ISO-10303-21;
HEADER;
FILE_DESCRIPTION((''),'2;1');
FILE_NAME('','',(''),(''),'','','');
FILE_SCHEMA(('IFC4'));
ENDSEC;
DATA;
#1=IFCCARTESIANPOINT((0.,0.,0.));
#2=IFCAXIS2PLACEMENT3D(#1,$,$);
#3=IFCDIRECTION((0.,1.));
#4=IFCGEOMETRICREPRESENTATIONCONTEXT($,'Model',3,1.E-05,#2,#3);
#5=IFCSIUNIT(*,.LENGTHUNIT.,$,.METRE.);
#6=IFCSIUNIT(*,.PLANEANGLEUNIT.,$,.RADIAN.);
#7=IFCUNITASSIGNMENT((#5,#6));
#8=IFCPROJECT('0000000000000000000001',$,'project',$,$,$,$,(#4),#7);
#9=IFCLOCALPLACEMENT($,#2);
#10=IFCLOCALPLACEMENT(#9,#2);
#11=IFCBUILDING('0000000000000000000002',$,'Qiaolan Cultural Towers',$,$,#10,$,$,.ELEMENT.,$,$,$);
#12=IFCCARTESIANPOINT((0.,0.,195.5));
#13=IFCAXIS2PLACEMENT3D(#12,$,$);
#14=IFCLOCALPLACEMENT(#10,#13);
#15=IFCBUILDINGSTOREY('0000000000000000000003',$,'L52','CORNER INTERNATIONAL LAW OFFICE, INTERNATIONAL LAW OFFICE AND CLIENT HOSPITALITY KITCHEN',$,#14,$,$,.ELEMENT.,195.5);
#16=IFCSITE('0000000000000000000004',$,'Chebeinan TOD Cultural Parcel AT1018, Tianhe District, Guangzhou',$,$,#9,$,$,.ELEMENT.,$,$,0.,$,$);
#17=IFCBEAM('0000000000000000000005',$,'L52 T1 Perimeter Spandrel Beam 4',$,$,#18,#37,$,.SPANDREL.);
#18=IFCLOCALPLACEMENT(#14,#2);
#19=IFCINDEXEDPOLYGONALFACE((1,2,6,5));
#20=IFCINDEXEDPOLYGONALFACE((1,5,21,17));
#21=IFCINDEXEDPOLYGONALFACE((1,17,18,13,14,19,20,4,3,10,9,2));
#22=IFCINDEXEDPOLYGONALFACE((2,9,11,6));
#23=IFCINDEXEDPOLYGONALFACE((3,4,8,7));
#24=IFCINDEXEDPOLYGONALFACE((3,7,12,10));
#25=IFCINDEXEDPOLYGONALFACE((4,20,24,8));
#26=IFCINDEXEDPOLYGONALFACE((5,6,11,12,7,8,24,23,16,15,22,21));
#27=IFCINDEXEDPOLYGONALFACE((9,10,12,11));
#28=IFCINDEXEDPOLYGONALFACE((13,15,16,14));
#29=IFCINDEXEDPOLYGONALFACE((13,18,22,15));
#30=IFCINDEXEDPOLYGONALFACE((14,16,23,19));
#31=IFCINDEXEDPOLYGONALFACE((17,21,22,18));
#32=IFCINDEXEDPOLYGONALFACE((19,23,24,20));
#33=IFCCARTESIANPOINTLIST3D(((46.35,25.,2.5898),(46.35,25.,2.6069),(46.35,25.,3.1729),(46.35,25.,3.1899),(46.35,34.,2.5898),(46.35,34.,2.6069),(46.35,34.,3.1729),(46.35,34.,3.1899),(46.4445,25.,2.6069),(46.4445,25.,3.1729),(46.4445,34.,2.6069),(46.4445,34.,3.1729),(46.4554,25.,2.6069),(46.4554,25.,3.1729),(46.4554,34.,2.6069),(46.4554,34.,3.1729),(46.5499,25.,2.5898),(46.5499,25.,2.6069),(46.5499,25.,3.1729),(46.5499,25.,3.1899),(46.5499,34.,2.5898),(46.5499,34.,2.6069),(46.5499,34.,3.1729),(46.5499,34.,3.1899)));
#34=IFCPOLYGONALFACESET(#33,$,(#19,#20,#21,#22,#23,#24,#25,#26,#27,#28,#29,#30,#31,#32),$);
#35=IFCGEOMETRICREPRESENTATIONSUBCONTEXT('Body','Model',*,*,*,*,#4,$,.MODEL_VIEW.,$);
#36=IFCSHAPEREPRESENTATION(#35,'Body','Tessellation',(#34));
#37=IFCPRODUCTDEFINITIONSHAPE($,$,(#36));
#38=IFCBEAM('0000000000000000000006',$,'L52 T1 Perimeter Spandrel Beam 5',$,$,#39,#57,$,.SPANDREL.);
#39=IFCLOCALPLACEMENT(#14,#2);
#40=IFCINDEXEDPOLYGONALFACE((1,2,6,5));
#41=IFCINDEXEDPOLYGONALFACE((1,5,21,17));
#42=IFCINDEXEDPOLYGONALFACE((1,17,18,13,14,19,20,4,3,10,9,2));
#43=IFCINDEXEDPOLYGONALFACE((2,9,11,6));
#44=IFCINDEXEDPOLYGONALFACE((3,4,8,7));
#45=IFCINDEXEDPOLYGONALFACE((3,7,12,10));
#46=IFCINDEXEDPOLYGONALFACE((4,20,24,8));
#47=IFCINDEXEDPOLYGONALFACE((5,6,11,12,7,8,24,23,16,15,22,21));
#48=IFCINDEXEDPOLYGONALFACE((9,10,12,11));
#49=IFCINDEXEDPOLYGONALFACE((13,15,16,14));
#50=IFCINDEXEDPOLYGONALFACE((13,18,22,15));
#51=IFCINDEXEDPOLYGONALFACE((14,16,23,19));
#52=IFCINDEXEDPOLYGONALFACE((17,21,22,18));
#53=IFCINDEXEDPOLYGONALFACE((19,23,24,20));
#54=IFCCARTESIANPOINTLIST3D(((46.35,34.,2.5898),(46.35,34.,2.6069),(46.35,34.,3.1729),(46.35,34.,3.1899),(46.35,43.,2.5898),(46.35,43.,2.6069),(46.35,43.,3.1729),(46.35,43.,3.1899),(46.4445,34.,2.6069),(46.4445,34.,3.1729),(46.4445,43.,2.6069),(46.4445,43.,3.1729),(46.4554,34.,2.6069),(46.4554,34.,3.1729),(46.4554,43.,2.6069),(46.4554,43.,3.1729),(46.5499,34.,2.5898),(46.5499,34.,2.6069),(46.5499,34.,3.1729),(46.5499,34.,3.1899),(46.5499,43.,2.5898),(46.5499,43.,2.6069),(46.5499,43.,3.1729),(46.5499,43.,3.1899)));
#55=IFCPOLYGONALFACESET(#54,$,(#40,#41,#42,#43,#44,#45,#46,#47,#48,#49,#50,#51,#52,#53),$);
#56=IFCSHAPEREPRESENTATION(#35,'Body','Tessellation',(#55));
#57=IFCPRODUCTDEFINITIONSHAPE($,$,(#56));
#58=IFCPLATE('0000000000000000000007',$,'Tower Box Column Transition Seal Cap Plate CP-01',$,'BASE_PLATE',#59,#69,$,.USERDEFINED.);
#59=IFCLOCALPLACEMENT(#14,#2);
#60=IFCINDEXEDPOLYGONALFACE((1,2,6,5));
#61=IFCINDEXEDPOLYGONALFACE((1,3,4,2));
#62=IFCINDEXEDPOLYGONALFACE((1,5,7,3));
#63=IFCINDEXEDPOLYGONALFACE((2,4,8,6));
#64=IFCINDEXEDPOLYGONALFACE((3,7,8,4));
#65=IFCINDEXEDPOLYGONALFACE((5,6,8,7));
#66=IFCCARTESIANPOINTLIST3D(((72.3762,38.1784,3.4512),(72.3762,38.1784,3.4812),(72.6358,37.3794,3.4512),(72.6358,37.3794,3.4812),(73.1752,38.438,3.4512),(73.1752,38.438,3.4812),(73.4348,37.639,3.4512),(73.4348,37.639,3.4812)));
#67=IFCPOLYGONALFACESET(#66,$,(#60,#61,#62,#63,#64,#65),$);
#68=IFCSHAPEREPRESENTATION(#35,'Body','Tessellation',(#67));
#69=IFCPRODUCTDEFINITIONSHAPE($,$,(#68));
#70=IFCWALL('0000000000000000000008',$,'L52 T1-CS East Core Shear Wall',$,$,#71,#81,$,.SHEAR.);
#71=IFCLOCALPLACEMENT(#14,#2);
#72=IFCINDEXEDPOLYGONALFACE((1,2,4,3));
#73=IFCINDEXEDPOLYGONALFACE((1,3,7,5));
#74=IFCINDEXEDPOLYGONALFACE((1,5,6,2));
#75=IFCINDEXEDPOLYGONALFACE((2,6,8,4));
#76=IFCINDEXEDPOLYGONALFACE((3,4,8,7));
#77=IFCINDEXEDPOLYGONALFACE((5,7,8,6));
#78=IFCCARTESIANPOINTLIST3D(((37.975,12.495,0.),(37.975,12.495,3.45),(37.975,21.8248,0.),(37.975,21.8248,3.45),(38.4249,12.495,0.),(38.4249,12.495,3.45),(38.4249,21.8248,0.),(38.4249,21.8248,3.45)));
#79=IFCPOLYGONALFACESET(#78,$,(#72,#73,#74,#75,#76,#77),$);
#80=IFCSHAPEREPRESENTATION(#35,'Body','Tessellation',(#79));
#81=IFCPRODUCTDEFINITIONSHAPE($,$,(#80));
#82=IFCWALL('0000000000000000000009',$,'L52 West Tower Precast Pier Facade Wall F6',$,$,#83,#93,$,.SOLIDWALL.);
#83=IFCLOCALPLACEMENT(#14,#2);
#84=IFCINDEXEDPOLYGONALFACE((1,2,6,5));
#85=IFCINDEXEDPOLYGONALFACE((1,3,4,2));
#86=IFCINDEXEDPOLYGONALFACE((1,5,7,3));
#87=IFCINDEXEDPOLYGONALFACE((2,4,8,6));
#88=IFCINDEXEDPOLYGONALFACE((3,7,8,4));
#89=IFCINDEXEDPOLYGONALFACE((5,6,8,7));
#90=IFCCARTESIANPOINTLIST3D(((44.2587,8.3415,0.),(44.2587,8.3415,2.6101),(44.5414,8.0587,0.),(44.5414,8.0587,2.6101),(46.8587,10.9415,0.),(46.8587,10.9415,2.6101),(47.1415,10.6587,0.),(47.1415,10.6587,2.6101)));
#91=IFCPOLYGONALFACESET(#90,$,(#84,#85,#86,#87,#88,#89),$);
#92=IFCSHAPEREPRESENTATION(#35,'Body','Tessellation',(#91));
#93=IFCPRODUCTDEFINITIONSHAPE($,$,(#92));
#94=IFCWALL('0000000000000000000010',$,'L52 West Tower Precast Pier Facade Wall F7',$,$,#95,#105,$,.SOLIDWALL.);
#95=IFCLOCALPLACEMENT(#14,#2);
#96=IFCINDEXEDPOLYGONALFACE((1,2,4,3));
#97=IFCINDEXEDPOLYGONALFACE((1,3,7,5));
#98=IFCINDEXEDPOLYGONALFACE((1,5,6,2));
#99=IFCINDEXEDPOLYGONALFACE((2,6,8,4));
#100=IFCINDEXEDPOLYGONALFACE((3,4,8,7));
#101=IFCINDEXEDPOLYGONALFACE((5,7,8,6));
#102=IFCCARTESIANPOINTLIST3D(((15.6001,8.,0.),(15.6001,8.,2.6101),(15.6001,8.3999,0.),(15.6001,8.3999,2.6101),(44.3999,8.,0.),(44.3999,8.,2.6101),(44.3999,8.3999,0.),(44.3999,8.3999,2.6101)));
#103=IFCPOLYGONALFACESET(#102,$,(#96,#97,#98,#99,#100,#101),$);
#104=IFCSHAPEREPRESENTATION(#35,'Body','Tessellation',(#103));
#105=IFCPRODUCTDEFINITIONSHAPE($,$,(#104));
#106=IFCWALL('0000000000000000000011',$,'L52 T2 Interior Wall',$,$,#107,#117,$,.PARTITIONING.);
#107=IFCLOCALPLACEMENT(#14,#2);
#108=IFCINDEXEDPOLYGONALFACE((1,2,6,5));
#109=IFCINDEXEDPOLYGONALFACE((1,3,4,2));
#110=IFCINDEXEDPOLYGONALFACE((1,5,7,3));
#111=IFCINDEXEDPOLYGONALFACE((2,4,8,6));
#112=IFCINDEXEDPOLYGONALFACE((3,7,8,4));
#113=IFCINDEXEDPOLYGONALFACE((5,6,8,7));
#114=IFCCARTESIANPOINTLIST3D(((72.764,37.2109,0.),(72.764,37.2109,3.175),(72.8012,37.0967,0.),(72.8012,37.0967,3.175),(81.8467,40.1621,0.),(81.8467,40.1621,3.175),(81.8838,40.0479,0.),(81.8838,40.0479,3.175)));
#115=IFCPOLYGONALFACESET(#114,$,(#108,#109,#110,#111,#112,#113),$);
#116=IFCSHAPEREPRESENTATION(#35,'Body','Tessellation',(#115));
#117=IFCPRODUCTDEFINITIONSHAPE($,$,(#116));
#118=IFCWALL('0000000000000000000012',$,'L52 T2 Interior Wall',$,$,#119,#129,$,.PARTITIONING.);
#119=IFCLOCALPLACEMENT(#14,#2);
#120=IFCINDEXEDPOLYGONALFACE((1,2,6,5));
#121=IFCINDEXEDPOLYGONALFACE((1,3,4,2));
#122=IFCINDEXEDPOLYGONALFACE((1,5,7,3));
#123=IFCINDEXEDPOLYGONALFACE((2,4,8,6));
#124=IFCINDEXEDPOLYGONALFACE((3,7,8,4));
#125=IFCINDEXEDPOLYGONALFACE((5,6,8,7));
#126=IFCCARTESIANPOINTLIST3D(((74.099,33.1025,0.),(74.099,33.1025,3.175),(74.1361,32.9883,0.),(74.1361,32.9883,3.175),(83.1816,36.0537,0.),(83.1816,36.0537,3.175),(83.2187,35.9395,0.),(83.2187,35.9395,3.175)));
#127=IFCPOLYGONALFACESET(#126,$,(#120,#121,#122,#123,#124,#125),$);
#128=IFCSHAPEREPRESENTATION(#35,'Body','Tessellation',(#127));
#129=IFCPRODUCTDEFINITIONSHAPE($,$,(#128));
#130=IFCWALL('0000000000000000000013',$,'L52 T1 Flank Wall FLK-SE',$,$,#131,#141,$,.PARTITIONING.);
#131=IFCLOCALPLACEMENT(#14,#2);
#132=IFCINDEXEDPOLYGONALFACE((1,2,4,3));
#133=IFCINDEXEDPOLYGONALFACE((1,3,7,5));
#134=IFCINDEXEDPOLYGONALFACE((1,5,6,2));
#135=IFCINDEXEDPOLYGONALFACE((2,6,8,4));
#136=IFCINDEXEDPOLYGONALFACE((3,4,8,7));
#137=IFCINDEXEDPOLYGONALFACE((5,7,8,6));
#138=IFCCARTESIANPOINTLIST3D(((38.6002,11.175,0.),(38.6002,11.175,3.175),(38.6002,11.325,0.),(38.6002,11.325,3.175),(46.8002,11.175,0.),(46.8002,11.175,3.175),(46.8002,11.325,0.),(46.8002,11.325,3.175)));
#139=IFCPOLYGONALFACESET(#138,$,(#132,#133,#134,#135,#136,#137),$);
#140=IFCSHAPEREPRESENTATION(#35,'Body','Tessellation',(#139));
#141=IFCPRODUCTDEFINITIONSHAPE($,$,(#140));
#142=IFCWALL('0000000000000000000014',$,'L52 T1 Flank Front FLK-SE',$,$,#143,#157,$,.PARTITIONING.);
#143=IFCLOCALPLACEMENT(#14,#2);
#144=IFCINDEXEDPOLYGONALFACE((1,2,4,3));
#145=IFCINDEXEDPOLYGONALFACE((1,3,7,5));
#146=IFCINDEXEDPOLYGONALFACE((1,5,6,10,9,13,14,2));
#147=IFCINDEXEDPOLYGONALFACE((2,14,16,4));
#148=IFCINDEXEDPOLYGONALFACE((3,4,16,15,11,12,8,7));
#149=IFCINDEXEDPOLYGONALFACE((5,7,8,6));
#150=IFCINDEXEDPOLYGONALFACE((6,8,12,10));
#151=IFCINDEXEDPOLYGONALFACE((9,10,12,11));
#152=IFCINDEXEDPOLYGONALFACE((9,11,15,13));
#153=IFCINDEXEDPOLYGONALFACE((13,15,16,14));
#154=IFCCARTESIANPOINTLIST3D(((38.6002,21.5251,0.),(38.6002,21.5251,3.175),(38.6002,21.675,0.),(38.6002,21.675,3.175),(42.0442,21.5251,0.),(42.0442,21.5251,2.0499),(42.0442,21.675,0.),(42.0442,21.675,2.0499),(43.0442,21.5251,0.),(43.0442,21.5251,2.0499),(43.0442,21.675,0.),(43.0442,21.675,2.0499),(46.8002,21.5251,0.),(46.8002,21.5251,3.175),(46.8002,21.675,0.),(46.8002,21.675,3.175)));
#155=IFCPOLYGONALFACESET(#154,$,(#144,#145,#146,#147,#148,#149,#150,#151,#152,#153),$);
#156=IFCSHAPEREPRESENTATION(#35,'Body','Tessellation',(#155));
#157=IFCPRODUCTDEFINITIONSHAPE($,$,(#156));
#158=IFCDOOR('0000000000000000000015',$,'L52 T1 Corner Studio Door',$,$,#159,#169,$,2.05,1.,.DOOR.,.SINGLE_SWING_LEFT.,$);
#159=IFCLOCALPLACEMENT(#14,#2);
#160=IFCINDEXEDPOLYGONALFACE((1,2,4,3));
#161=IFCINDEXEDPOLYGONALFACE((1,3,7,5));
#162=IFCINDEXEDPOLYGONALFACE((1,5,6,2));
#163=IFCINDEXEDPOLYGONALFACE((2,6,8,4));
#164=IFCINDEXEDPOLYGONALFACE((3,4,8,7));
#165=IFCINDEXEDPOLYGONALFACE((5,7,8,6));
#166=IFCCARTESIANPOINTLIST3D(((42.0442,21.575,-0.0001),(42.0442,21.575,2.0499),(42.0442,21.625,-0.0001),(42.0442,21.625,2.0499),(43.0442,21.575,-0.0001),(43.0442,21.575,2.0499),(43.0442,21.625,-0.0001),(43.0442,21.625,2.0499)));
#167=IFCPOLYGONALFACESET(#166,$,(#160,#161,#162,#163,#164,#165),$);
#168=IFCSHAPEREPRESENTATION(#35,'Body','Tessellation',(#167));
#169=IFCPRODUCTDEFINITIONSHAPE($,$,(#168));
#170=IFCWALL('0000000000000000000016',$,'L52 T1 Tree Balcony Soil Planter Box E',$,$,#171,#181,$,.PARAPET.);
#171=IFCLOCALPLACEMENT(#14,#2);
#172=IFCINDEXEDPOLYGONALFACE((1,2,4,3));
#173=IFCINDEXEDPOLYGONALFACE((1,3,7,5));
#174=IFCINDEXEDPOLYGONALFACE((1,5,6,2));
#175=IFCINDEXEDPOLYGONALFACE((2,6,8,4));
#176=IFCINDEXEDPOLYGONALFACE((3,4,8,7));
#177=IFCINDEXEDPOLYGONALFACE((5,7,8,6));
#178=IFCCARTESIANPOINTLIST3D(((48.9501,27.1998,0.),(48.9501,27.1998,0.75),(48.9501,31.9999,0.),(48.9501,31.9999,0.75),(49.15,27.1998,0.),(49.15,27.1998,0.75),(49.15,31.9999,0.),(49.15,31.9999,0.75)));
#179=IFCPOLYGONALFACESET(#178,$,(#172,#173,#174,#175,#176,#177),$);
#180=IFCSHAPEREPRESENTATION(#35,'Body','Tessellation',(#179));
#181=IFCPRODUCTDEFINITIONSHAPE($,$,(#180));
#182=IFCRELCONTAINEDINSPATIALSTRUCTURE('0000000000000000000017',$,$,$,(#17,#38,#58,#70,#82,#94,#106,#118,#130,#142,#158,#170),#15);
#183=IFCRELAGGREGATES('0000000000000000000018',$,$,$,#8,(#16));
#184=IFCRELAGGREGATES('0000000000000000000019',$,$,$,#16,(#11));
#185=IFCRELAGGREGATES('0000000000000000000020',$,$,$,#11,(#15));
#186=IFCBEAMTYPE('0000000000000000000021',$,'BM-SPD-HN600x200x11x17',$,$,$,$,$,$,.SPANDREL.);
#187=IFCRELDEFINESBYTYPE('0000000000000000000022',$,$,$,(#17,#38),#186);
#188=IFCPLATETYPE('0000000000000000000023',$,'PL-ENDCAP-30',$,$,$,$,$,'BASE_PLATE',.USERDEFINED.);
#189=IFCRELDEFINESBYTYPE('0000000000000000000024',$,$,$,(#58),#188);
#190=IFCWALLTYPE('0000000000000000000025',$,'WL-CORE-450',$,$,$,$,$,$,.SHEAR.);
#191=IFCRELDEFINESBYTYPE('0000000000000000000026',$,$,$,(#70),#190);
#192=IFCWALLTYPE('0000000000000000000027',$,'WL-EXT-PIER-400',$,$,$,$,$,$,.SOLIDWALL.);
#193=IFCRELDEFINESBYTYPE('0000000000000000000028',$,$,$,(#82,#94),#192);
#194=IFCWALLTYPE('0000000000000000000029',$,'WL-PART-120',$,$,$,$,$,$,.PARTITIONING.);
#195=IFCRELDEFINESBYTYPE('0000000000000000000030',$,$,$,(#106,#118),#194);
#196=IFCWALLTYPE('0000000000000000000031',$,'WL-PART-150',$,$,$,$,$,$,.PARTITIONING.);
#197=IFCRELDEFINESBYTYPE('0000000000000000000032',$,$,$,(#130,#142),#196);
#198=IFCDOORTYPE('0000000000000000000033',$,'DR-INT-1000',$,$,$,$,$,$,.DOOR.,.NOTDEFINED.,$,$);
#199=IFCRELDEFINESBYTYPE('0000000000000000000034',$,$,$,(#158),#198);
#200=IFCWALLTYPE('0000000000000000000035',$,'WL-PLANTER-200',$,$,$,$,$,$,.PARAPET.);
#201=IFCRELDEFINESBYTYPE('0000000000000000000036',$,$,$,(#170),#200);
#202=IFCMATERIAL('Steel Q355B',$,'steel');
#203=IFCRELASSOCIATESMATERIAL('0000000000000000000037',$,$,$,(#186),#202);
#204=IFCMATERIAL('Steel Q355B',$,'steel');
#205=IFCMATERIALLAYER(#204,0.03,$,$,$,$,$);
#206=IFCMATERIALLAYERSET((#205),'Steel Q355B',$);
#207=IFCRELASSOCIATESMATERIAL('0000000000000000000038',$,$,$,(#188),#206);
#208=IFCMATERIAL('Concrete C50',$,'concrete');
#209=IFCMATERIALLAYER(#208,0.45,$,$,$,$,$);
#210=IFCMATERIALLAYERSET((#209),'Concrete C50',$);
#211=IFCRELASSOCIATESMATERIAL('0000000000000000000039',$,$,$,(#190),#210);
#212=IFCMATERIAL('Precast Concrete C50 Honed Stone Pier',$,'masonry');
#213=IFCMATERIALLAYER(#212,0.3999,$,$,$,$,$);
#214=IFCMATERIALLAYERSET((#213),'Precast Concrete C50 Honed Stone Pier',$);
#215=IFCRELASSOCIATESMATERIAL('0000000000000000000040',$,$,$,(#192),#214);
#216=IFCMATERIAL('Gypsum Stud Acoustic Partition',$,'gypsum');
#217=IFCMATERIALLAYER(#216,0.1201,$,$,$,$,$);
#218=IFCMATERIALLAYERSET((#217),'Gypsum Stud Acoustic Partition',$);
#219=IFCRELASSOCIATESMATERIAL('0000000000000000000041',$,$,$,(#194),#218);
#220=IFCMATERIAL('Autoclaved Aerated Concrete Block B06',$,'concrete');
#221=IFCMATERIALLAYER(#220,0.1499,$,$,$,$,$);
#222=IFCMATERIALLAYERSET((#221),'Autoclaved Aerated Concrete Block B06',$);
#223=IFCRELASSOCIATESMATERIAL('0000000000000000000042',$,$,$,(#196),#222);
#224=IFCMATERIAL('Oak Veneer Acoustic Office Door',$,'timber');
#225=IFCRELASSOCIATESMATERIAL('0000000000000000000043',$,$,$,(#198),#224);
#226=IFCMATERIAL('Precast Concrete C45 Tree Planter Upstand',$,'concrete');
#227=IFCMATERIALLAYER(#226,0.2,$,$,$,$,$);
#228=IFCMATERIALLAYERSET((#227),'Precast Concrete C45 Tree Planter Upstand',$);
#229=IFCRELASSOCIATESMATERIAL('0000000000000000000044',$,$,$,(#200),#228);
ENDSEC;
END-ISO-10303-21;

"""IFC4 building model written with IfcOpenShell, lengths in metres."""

from ifc_helpers import new_model, si_unit, direction, frame, frame_2d, origin, origin_2d, place, context, subcontext, project, spatial, rectangle, i_section, extrude, material, layer, layer_set, material_profile, profile_set, type_object, element, fill, save


model = new_model("IFC4")

# Units and contexts
model_context = context("Model", 3, precision=1e-05, world=origin(), true_north=direction((0.0, 1.0)))
body_context = subcontext(model_context, "Body", "Model", "MODEL_VIEW")
ifc_project = project(units=[si_unit("LENGTHUNIT", "METRE"), si_unit("PLANEANGLEUNIT", "RADIAN")], contexts=[model_context])

# Site, building, storey
site_placement = place(None, origin())
site = spatial("IfcSite", under=ifc_project, at=site_placement, Name="Chebeinan TOD Cultural Parcel AT1018, Tianhe District, Guangzhou", CompositionType="ELEMENT", RefElevation=0.0)
building_placement = place(site_placement, origin())
building = spatial("IfcBuilding", under=site, at=building_placement, Name="Qiaolan Cultural Towers", CompositionType="ELEMENT")
storey_placement = place(building_placement, frame((0.0, 0.0, 195.5)))
storey = spatial("IfcBuildingStorey", under=building, at=storey_placement, Name="L52", Description="CORNER INTERNATIONAL LAW OFFICE, INTERNATIONAL LAW OFFICE AND CLIENT HOSPITALITY KITCHEN", CompositionType="ELEMENT", Elevation=195.5)

# Beams
ifc_material_1 = material(Name="Steel Q355B", Category="steel")
ifc_material_profile_1 = material_profile(ifc_material_1, i_section(OverallWidth=0.2, OverallDepth=0.6001, WebThickness=0.011, FlangeThickness=0.0171, at=origin_2d()), Name="HN600x200x11x17")
ifc_profile_set_1 = profile_set([ifc_material_profile_1], Name="Steel Q355B")
beam_type_1 = type_object("IfcBeamType", Name="BM-SPD-HN600x200x11x17", PredefinedType="SPANDREL", material=ifc_profile_set_1)
for number, where, z_axis, x_axis, name in (
    (1, (46.45, 25.0, 2.8899), (0.0, 1.0, 0.0), (-1.0, 0.0, 0.0), "L52 T1 Perimeter Spandrel Beam 4"),
    (2, (46.45, 34.0, 2.8899), (0.0, 1.0, 0.0), (-1.0, 0.0, 0.0), "L52 T1 Perimeter Spandrel Beam 5"),
):
    element("IfcBeam", number, at=place(storey_placement, frame(where, z_axis=z_axis, x_axis=x_axis)), inside=storey, type_object=beam_type_1, Name=name, PredefinedType="SPANDREL", context=body_context, shape_type="SweptSolid", body=[
        extrude(i_section(OverallWidth=0.2, OverallDepth=0.6001, WebThickness=0.011, FlangeThickness=0.0171, at=origin_2d()), origin(), (0.0, 0.0, 1.0), 9.0),
    ])

# Plate
ifc_material_2 = material(Name="Steel Q355B", Category="steel")
ifc_layer_1 = layer(ifc_material_2, 0.03)
ifc_layer_set_1 = layer_set([ifc_layer_1], Name="Steel Q355B")
plate_type = type_object("IfcPlateType", Name="PL-ENDCAP-30", ElementType="BASE_PLATE", PredefinedType="USERDEFINED", material=ifc_layer_set_1)
plate_placement = place(storey_placement, frame((72.9055, 37.9087, 3.4512), z_axis=(0.0, 0.0, 1.0), x_axis=(0.951057, 0.309017, 0.0)))
element("IfcPlate", 3, at=plate_placement, inside=storey, type_object=plate_type, Name="Tower Box Column Transition Seal Cap Plate CP-01", ObjectType="BASE_PLATE", PredefinedType="USERDEFINED", context=body_context, shape_type="SweptSolid", body=[
    extrude(rectangle(XDim=0.8401, YDim=0.8401, at=origin_2d()), origin(), (0.0, 0.0, 1.0), 0.03),
])

# Walls
ifc_material_3 = material(Name="Concrete C50", Category="concrete")
ifc_layer_2 = layer(ifc_material_3, 0.45)
ifc_layer_set_2 = layer_set([ifc_layer_2], Name="Concrete C50")
wall_type_1 = type_object("IfcWallType", Name="WL-CORE-450", PredefinedType="SHEAR", material=ifc_layer_set_2)
wall_1_placement = place(storey_placement, frame((38.2, 21.825, 0.0), z_axis=(0.0, 0.0, 1.0), x_axis=(0.0, -1.0, 0.0)))
element("IfcWall", 4, at=wall_1_placement, inside=storey, type_object=wall_type_1, Name="L52 T1-CS East Core Shear Wall", PredefinedType="SHEAR", context=body_context, shape_type="SweptSolid", body=[
    extrude(rectangle(XDim=9.3298, YDim=0.45, at=frame_2d((4.665, 0.0))), origin(), (0.0, 0.0, 1.0), 3.45),
])
ifc_material_4 = material(Name="Precast Concrete C50 Honed Stone Pier", Category="masonry")
ifc_layer_3 = layer(ifc_material_4, 0.3999)
ifc_layer_set_3 = layer_set([ifc_layer_3], Name="Precast Concrete C50 Honed Stone Pier")
wall_type_2 = type_object("IfcWallType", Name="WL-EXT-PIER-400", PredefinedType="SOLIDWALL", material=ifc_layer_set_3)
wall_2_placement = place(storey_placement, frame((47.0, 10.8, 0.0), z_axis=(0.0, 0.0, 1.0), x_axis=(-0.707107, -0.707107, 0.0)))
element("IfcWall", 5, at=wall_2_placement, inside=storey, type_object=wall_type_2, Name="L52 West Tower Precast Pier Facade Wall F6", PredefinedType="SOLIDWALL", context=body_context, shape_type="SweptSolid", body=[
    extrude(rectangle(XDim=3.677, YDim=0.3999, at=frame_2d((1.8384, 0.0))), origin(), (0.0, 0.0, 1.0), 2.6101),
])
wall_3_placement = place(storey_placement, frame((44.3999, 8.2, 0.0), z_axis=(0.0, 0.0, 1.0), x_axis=(-1.0, 0.0, 0.0)))
element("IfcWall", 6, at=wall_3_placement, inside=storey, type_object=wall_type_2, Name="L52 West Tower Precast Pier Facade Wall F7", PredefinedType="SOLIDWALL", context=body_context, shape_type="SweptSolid", body=[
    extrude(rectangle(XDim=28.7998, YDim=0.3999, at=frame_2d((14.3999, 0.0))), origin(), (0.0, 0.0, 1.0), 2.6101),
])
ifc_material_5 = material(Name="Gypsum Stud Acoustic Partition", Category="gypsum")
ifc_layer_4 = layer(ifc_material_5, 0.1201)
ifc_layer_set_4 = layer_set([ifc_layer_4], Name="Gypsum Stud Acoustic Partition")
wall_type_3 = type_object("IfcWallType", Name="WL-PART-120", PredefinedType="PARTITIONING", material=ifc_layer_set_4)
for number, where, z_axis, x_axis, name in (
    (7, (72.7827, 37.1538, 0.0), (0.0, 0.0, 1.0), (0.951054, 0.309025, 0.0), "L52 T2 Interior Wall"),
    (8, (74.1177, 33.0454, 0.0), (0.0, 0.0, 1.0), (0.951054, 0.309025, 0.0), "L52 T2 Interior Wall"),
):
    element("IfcWall", number, at=place(storey_placement, frame(where, z_axis=z_axis, x_axis=x_axis)), inside=storey, type_object=wall_type_3, Name=name, PredefinedType="PARTITIONING", context=body_context, shape_type="SweptSolid", body=[
        extrude(rectangle(XDim=9.55, YDim=0.1201, at=frame_2d((4.7749, 0.0))), origin(), (0.0, 0.0, 1.0), 3.175),
    ])
ifc_material_6 = material(Name="Autoclaved Aerated Concrete Block B06", Category="concrete")
ifc_layer_5 = layer(ifc_material_6, 0.1499)
ifc_layer_set_5 = layer_set([ifc_layer_5], Name="Autoclaved Aerated Concrete Block B06")
wall_type_4 = type_object("IfcWallType", Name="WL-PART-150", PredefinedType="PARTITIONING", material=ifc_layer_set_5)
wall_4_placement = place(storey_placement, frame((38.6001, 11.25, 0.0), z_axis=(0.0, 0.0, 1.0), x_axis=(1.0, 0.0, 0.0)))
element("IfcWall", 9, at=wall_4_placement, inside=storey, type_object=wall_type_4, Name="L52 T1 Flank Wall FLK-SE", PredefinedType="PARTITIONING", context=body_context, shape_type="SweptSolid", body=[
    extrude(rectangle(XDim=8.2, YDim=0.1499, at=frame_2d((4.1001, 0.0))), origin(), (0.0, 0.0, 1.0), 3.175),
])

# Wall, opening, door
wall_5_placement = place(storey_placement, frame((38.6001, 21.6001, 0.0), z_axis=(0.0, 0.0, 1.0), x_axis=(1.0, 0.0, 0.0)))
wall_5 = element("IfcWall", 10, at=wall_5_placement, inside=storey, type_object=wall_type_4, Name="L52 T1 Flank Front FLK-SE", PredefinedType="PARTITIONING", context=body_context, shape_type="SweptSolid", body=[
    extrude(rectangle(XDim=8.2, YDim=0.1499, at=frame_2d((4.1001, 0.0))), origin(), (0.0, 0.0, 1.0), 3.175),
])
opening_placement = place(wall_5_placement, frame((3.4441, 0.0, 0.0)))
opening = element("IfcOpeningElement", 11, at=opening_placement, cuts=wall_5, PredefinedType="OPENING", context=body_context, shape_type="SweptSolid", body=[
    extrude(rectangle(XDim=1.0, YDim=2.05, at=frame_2d((0.5, 1.0249))), frame((0.0, 0.085, 0.0), z_axis=(0.0, -1.0, 0.0), x_axis=(1.0, 0.0, 0.0)), (0.0, 0.0, 1.0), 0.1699),
])
ifc_material_7 = material(Name="Oak Veneer Acoustic Office Door", Category="timber")
door_type = type_object("IfcDoorType", Name="DR-INT-1000", OperationType="NOTDEFINED", PredefinedType="DOOR", material=ifc_material_7)
door_placement = place(opening_placement, origin())
door = element("IfcDoor", 12, at=door_placement, inside=storey, type_object=door_type, Name="L52 T1 Corner Studio Door", OperationType="SINGLE_SWING_LEFT", OverallHeight=2.05, OverallWidth=1.0, PredefinedType="DOOR", context=body_context, shape_type="SweptSolid", body=[
    extrude(rectangle(XDim=1.0, YDim=2.05, at=frame_2d((0.5, 1.0249))), frame((0.0, 0.0249, 0.0), z_axis=(0.0, -1.0, 0.0), x_axis=(1.0, 0.0, 0.0)), (0.0, 0.0, 1.0), 0.05),
])
fill(opening, door)

# Wall
ifc_material_8 = material(Name="Precast Concrete C45 Tree Planter Upstand", Category="concrete")
ifc_layer_6 = layer(ifc_material_8, 0.2)
ifc_layer_set_6 = layer_set([ifc_layer_6], Name="Precast Concrete C45 Tree Planter Upstand")
wall_type_5 = type_object("IfcWallType", Name="WL-PLANTER-200", PredefinedType="PARAPET", material=ifc_layer_set_6)
wall_6_placement = place(storey_placement, frame((49.05, 27.2, 0.0), z_axis=(0.0, 0.0, 1.0), x_axis=(0.0, 1.0, 0.0)))
element("IfcWall", 13, at=wall_6_placement, inside=storey, type_object=wall_type_5, Name="L52 T1 Tree Balcony Soil Planter Box E", PredefinedType="PARAPET", context=body_context, shape_type="SweptSolid", body=[
    extrude(rectangle(XDim=4.8, YDim=0.2, at=frame_2d((2.3999, 0.0))), origin(), (0.0, 0.0, 1.0), 0.75),
])

save(model, "model.ifc")
